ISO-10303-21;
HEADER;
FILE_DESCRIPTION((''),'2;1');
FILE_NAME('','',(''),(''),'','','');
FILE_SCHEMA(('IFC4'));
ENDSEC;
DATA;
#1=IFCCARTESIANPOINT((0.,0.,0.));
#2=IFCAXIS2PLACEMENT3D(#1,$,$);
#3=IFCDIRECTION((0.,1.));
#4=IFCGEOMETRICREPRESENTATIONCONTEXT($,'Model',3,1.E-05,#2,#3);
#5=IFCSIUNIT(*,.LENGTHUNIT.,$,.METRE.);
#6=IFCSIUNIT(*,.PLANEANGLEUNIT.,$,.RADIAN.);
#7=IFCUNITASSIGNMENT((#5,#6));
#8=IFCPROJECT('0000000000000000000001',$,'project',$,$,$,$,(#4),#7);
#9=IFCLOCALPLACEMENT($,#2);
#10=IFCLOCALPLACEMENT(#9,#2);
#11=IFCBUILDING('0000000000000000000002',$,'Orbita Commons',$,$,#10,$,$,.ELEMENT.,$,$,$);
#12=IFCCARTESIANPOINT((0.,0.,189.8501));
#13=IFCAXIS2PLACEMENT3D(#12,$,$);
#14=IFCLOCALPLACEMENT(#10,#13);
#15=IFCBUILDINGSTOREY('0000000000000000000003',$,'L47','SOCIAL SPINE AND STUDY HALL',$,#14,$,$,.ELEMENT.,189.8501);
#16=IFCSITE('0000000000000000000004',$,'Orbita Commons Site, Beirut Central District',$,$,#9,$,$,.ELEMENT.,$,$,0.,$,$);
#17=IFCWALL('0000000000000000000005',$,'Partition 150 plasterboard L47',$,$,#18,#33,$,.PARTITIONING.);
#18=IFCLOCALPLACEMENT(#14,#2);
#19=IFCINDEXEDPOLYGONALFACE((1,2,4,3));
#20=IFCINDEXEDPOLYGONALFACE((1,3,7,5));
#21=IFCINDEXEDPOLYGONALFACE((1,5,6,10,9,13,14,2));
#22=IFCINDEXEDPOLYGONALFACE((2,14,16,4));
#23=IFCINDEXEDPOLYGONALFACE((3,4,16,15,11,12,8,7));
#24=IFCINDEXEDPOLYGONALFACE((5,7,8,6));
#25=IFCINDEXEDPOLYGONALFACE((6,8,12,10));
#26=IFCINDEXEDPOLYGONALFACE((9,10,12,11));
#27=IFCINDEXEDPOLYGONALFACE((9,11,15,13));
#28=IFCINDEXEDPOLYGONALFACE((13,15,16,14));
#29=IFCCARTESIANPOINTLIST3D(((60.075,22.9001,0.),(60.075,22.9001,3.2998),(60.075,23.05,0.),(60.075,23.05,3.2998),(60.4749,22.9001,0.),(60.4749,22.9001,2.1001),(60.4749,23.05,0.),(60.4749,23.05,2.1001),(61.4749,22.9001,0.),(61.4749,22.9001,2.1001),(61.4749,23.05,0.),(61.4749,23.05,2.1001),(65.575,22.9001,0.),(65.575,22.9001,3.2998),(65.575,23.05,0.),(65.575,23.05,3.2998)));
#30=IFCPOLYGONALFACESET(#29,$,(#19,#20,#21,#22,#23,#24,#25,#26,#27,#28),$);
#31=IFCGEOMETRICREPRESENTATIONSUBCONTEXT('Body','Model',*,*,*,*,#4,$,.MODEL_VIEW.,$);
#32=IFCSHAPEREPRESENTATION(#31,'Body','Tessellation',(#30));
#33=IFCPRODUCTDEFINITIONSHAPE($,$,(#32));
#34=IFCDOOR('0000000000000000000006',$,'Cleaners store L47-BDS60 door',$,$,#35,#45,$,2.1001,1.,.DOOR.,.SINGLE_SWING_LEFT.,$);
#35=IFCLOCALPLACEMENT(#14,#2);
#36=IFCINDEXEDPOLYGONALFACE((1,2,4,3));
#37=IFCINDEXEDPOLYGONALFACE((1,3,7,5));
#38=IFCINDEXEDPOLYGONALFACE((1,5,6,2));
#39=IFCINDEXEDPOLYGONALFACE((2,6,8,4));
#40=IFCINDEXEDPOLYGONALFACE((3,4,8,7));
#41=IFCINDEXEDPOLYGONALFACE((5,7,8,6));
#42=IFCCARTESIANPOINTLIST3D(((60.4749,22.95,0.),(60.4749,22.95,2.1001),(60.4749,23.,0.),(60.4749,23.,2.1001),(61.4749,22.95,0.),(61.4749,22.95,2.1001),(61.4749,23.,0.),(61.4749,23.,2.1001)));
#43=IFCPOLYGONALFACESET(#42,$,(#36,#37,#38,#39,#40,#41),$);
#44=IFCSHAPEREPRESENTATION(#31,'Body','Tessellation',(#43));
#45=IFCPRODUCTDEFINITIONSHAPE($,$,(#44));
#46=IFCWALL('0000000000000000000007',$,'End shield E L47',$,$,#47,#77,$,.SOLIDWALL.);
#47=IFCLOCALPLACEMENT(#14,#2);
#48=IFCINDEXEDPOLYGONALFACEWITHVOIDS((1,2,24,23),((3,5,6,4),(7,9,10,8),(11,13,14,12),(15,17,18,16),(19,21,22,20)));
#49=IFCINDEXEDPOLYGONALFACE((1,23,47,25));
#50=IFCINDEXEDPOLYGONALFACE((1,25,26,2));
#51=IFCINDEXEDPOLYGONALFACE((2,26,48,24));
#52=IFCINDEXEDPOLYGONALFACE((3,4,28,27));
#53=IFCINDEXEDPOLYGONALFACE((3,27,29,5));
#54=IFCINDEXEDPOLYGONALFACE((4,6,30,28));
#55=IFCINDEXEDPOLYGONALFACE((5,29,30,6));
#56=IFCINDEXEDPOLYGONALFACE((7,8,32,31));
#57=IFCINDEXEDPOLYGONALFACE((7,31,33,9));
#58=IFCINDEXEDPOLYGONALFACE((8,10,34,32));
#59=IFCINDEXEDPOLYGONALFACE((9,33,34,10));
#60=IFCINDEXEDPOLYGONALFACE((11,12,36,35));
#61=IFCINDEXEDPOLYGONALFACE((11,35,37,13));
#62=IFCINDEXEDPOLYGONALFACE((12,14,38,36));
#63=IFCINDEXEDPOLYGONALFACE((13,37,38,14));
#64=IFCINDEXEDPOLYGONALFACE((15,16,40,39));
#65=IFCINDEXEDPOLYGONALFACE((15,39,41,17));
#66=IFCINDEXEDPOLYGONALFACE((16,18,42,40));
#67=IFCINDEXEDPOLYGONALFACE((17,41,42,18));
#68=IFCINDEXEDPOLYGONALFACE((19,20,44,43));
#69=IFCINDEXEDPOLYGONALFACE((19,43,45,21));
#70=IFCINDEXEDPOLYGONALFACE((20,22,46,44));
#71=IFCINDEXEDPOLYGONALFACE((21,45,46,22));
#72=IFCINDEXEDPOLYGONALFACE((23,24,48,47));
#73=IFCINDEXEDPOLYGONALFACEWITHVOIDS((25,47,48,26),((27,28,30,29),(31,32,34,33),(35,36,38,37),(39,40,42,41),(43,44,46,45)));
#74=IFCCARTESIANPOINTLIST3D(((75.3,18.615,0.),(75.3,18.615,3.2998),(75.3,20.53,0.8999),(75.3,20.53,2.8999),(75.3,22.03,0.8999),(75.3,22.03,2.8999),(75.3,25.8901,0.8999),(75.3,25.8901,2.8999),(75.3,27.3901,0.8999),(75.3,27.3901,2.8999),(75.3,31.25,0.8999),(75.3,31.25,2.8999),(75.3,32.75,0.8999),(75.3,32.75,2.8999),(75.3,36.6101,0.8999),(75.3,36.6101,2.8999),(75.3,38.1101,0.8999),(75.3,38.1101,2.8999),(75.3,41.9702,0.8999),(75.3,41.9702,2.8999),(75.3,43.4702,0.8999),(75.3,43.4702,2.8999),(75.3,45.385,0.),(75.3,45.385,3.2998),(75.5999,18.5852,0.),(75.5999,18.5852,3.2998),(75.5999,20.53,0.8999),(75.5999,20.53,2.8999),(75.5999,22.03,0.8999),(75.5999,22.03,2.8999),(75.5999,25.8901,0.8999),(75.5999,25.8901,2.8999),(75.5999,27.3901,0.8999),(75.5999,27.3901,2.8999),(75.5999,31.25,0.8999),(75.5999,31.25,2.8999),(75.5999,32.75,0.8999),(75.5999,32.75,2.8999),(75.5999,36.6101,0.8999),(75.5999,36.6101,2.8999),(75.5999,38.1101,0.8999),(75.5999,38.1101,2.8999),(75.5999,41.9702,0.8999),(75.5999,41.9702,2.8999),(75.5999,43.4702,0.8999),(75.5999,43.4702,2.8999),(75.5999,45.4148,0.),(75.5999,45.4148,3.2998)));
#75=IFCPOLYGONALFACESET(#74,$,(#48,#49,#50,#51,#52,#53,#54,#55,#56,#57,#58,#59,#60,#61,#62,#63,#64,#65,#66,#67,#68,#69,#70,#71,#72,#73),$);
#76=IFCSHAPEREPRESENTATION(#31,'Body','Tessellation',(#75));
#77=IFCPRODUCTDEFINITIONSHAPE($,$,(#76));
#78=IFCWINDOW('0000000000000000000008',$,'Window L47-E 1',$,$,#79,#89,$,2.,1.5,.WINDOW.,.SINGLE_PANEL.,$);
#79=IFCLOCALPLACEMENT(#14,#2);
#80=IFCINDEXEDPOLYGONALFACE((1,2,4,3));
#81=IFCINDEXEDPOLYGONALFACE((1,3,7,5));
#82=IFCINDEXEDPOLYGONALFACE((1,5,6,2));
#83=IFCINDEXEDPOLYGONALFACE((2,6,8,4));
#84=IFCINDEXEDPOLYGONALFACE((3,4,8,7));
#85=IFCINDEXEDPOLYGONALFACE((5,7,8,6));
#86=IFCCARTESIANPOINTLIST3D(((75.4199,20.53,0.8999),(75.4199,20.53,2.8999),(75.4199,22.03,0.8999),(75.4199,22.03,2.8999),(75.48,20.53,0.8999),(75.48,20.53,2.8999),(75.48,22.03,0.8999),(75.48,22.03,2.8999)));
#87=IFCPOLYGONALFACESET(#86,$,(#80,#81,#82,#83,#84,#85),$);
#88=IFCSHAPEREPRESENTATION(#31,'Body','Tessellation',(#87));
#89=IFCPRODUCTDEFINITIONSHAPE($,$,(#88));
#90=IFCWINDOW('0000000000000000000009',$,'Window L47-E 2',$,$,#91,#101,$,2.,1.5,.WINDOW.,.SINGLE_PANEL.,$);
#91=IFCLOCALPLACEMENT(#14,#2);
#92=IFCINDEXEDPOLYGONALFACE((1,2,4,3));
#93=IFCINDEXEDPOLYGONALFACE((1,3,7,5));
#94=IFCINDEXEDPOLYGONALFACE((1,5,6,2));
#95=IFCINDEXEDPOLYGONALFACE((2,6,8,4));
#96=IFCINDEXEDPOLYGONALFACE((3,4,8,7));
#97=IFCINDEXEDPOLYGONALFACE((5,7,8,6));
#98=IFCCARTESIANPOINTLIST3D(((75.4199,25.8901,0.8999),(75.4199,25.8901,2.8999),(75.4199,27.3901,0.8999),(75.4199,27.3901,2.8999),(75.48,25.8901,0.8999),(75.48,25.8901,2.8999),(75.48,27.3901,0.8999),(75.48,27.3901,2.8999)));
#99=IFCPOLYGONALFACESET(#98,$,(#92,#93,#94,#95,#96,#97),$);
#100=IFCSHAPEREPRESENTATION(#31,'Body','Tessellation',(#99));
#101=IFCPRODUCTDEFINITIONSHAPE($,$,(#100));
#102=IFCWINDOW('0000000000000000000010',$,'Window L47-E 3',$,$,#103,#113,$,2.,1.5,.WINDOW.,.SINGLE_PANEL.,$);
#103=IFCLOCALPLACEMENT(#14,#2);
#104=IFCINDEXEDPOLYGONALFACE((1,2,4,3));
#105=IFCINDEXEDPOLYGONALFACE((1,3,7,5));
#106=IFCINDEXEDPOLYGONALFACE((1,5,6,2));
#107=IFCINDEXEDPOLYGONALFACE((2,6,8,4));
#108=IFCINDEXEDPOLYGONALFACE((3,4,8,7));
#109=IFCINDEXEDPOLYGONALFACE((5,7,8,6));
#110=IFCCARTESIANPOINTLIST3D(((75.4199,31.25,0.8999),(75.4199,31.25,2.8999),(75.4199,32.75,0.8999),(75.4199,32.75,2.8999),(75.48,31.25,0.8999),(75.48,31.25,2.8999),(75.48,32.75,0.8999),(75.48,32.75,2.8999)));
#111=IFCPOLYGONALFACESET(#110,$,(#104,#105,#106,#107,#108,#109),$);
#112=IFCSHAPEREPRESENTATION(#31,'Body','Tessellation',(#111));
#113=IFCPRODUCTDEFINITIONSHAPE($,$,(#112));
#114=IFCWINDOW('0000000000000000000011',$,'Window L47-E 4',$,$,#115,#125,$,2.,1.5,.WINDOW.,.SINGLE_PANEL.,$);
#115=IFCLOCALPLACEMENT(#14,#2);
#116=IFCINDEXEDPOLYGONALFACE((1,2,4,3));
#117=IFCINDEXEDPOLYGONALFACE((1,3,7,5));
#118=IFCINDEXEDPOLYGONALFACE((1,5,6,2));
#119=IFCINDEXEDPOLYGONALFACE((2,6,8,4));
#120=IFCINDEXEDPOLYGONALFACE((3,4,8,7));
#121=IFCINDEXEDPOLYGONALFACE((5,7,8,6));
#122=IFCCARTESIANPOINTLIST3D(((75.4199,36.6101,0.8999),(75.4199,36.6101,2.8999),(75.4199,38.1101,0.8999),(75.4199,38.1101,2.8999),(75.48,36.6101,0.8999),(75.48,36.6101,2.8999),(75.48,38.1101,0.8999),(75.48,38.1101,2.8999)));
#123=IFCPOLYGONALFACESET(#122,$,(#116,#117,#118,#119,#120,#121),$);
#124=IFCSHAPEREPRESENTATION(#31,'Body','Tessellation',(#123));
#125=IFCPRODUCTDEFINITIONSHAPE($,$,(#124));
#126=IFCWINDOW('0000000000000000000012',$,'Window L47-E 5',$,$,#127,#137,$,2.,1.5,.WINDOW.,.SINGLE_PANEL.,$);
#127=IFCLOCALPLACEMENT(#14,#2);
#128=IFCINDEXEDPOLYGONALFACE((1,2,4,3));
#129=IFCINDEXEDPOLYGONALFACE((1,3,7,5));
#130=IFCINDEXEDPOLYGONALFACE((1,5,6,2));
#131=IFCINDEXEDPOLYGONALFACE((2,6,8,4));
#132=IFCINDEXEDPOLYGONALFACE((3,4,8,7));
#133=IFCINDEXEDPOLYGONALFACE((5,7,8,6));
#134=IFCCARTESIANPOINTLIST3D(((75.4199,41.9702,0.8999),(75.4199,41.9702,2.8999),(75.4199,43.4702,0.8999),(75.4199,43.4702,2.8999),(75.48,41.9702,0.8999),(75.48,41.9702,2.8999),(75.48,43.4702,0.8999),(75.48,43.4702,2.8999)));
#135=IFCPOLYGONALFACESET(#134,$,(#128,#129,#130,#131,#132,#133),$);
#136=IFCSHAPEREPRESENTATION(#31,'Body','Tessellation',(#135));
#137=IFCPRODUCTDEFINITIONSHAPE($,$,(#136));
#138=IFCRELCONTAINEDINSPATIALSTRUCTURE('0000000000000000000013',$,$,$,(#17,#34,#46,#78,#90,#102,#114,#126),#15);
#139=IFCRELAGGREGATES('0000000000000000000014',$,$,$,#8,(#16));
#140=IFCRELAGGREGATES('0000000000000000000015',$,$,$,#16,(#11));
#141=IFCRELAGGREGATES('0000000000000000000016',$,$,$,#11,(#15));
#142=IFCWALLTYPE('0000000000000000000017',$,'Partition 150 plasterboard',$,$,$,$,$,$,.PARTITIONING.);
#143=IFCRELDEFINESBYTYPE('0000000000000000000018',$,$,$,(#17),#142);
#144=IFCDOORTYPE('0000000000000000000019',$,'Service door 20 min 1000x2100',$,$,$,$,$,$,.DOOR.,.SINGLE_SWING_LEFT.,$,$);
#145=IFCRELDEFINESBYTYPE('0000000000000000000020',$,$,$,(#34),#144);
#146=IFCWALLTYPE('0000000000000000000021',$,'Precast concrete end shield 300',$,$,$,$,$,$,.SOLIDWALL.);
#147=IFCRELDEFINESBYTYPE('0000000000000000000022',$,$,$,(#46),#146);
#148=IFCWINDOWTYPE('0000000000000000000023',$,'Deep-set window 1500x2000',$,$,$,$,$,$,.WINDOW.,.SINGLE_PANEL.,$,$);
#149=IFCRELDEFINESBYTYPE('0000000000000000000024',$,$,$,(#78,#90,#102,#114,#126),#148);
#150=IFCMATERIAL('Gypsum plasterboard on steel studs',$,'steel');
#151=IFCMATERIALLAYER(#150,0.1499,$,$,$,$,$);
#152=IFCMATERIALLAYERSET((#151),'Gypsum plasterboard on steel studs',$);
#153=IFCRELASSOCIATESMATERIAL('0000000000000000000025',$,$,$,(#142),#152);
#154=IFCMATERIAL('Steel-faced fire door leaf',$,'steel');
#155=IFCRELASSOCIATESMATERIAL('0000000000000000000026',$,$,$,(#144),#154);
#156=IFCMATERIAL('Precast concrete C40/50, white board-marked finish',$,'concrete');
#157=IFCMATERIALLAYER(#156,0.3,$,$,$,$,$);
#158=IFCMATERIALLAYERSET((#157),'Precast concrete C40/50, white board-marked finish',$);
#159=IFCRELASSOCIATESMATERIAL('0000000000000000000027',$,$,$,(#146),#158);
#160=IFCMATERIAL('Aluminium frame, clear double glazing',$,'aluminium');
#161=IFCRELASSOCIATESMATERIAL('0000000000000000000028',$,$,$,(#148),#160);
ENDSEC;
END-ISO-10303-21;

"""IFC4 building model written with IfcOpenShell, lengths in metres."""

from ifc_helpers import new_model, si_unit, direction, frame, frame_2d, origin, place, context, subcontext, project, spatial, polyline, rectangle, outline, extrude, material, layer, layer_set, type_object, element, fill, save


model = new_model("IFC4")

# Units and contexts
model_context = context("Model", 3, precision=1e-05, world=origin(), true_north=direction((0.0, 1.0)))
body_context = subcontext(model_context, "Body", "Model", "MODEL_VIEW")
ifc_project = project(units=[si_unit("LENGTHUNIT", "METRE"), si_unit("PLANEANGLEUNIT", "RADIAN")], contexts=[model_context])

# Site, building, storey
site_placement = place(None, origin())
site = spatial("IfcSite", under=ifc_project, at=site_placement, Name="Orbita Commons Site, Beirut Central District", CompositionType="ELEMENT", RefElevation=0.0)
building_placement = place(site_placement, origin())
building = spatial("IfcBuilding", under=site, at=building_placement, Name="Orbita Commons", CompositionType="ELEMENT")
storey_placement = place(building_placement, frame((0.0, 0.0, 189.8501)))
storey = spatial("IfcBuildingStorey", under=building, at=storey_placement, Name="L47", Description="SOCIAL SPINE AND STUDY HALL", CompositionType="ELEMENT", Elevation=189.8501)

# Wall, opening, door
ifc_material_1 = material(Name="Gypsum plasterboard on steel studs", Category="steel")
ifc_layer_1 = layer(ifc_material_1, 0.1499)
ifc_layer_set_1 = layer_set([ifc_layer_1], Name="Gypsum plasterboard on steel studs")
wall_type_1 = type_object("IfcWallType", Name="Partition 150 plasterboard", PredefinedType="PARTITIONING", material=ifc_layer_set_1)
wall_1_placement = place(storey_placement, frame((60.075, 22.9751, 0.0), z_axis=(0.0, 0.0, 1.0), x_axis=(1.0, 0.0, 0.0)))
wall_1 = element("IfcWall", 1, at=wall_1_placement, inside=storey, type_object=wall_type_1, Name="Partition 150 plasterboard L47", PredefinedType="PARTITIONING", context=body_context, shape_type="SweptSolid", body=[
    extrude(rectangle(XDim=5.5, YDim=0.1499, at=frame_2d((2.75, 0.0))), origin(), (0.0, 0.0, 1.0), 3.2998),
])
opening_1_placement = place(wall_1_placement, frame((0.3999, 0.0, 0.0)))
opening_1 = element("IfcOpeningElement", 2, at=opening_1_placement, cuts=wall_1, PredefinedType="OPENING", context=body_context, shape_type="SweptSolid", body=[
    extrude(rectangle(XDim=1.0, YDim=2.1001, at=frame_2d((0.5, 1.05))), frame((0.0, 0.085, 0.0), z_axis=(0.0, -1.0, 0.0), x_axis=(1.0, 0.0, 0.0)), (0.0, 0.0, 1.0), 0.1699),
])
ifc_material_2 = material(Name="Steel-faced fire door leaf", Category="steel")
door_type_1 = type_object("IfcDoorType", Name="Service door 20 min 1000x2100", OperationType="SINGLE_SWING_LEFT", PredefinedType="DOOR", material=ifc_material_2)
door_1_placement = place(opening_1_placement, origin())
door_1 = element("IfcDoor", 3, at=door_1_placement, inside=storey, type_object=door_type_1, Name="Cleaners store L47-BDS60 door", OperationType="SINGLE_SWING_LEFT", OverallHeight=2.1001, OverallWidth=1.0, PredefinedType="DOOR", context=body_context, shape_type="SweptSolid", body=[
    extrude(rectangle(XDim=1.0, YDim=2.1001, at=frame_2d((0.5, 1.05))), frame((0.0, 0.0249, 0.0), z_axis=(0.0, -1.0, 0.0), x_axis=(1.0, 0.0, 0.0)), (0.0, 0.0, 1.0), 0.05),
])
fill(opening_1, door_1)

# Wall, openings, windows
ifc_material_3 = material(Name="Precast concrete C40/50, white board-marked finish", Category="concrete")
ifc_layer_2 = layer(ifc_material_3, 0.3)
ifc_layer_set_2 = layer_set([ifc_layer_2], Name="Precast concrete C40/50, white board-marked finish")
wall_type_2 = type_object("IfcWallType", Name="Precast concrete end shield 300", PredefinedType="SOLIDWALL", material=ifc_layer_set_2)
wall_2_placement = place(storey_placement, frame((75.45, 18.6001, 0.0), z_axis=(0.0, 0.0, 1.0), x_axis=(0.0, 1.0, 0.0)))
wall_2 = element("IfcWall", 4, at=wall_2_placement, inside=storey, type_object=wall_type_2, Name="End shield E L47", PredefinedType="SOLIDWALL", context=body_context, shape_type="SweptSolid", body=[
    extrude(outline(polyline([(-0.0149, -0.1499), (26.8147, -0.1499), (26.7849, 0.1499), (0.0149, 0.1499), (-0.0149, -0.1499)])), origin(), (0.0, 0.0, 1.0), 3.2998),
])
opening_2_placement = place(wall_2_placement, frame((1.9299, 0.0, 0.8999)))
opening_2 = element("IfcOpeningElement", 5, at=opening_2_placement, cuts=wall_2, PredefinedType="OPENING", context=body_context, shape_type="SweptSolid", body=[
    extrude(rectangle(XDim=1.5, YDim=2.0, at=frame_2d((0.75, 1.0))), frame((0.0, 0.1599, 0.0), z_axis=(0.0, -1.0, 0.0), x_axis=(1.0, 0.0, 0.0)), (0.0, 0.0, 1.0), 0.3201),
])
opening_3_placement = place(wall_2_placement, frame((7.29, 0.0, 0.8999)))
opening_3 = element("IfcOpeningElement", 6, at=opening_3_placement, cuts=wall_2, PredefinedType="OPENING", context=body_context, shape_type="SweptSolid", body=[
    extrude(rectangle(XDim=1.5, YDim=2.0, at=frame_2d((0.75, 1.0))), frame((0.0, 0.1599, 0.0), z_axis=(0.0, -1.0, 0.0), x_axis=(1.0, 0.0, 0.0)), (0.0, 0.0, 1.0), 0.3201),
])
opening_4_placement = place(wall_2_placement, frame((12.6499, 0.0, 0.8999)))
opening_4 = element("IfcOpeningElement", 7, at=opening_4_placement, cuts=wall_2, PredefinedType="OPENING", context=body_context, shape_type="SweptSolid", body=[
    extrude(rectangle(XDim=1.5, YDim=2.0, at=frame_2d((0.75, 1.0))), frame((0.0, 0.1599, 0.0), z_axis=(0.0, -1.0, 0.0), x_axis=(1.0, 0.0, 0.0)), (0.0, 0.0, 1.0), 0.3201),
])
opening_5_placement = place(wall_2_placement, frame((18.01, 0.0, 0.8999)))
opening_5 = element("IfcOpeningElement", 8, at=opening_5_placement, cuts=wall_2, PredefinedType="OPENING", context=body_context, shape_type="SweptSolid", body=[
    extrude(rectangle(XDim=1.5, YDim=2.0, at=frame_2d((0.75, 1.0))), frame((0.0, 0.1599, 0.0), z_axis=(0.0, -1.0, 0.0), x_axis=(1.0, 0.0, 0.0)), (0.0, 0.0, 1.0), 0.3201),
])
opening_6_placement = place(wall_2_placement, frame((23.3701, 0.0, 0.8999)))
opening_6 = element("IfcOpeningElement", 9, at=opening_6_placement, cuts=wall_2, PredefinedType="OPENING", context=body_context, shape_type="SweptSolid", body=[
    extrude(rectangle(XDim=1.5, YDim=2.0, at=frame_2d((0.75, 1.0))), frame((0.0, 0.1599, 0.0), z_axis=(0.0, -1.0, 0.0), x_axis=(1.0, 0.0, 0.0)), (0.0, 0.0, 1.0), 0.3201),
])
ifc_material_4 = material(Name="Aluminium frame, clear double glazing", Category="aluminium")
window_type = type_object("IfcWindowType", Name="Deep-set window 1500x2000", PartitioningType="SINGLE_PANEL", PredefinedType="WINDOW", material=ifc_material_4)
window_1_placement = place(opening_2_placement, origin())
window_1 = element("IfcWindow", 10, at=window_1_placement, inside=storey, type_object=window_type, Name="Window L47-E 1", OverallHeight=2.0, OverallWidth=1.5, PartitioningType="SINGLE_PANEL", PredefinedType="WINDOW", context=body_context, shape_type="SweptSolid", body=[
    extrude(rectangle(XDim=1.5, YDim=2.0, at=frame_2d((0.75, 1.0))), frame((0.0, 0.03, 0.0), z_axis=(0.0, -1.0, 0.0), x_axis=(1.0, 0.0, 0.0)), (0.0, 0.0, 1.0), 0.0601),
])
fill(opening_2, window_1)
window_2_placement = place(opening_3_placement, origin())
window_2 = element("IfcWindow", 11, at=window_2_placement, inside=storey, type_object=window_type, Name="Window L47-E 2", OverallHeight=2.0, OverallWidth=1.5, PartitioningType="SINGLE_PANEL", PredefinedType="WINDOW", context=body_context, shape_type="SweptSolid", body=[
    extrude(rectangle(XDim=1.5, YDim=2.0, at=frame_2d((0.75, 1.0))), frame((0.0, 0.03, 0.0), z_axis=(0.0, -1.0, 0.0), x_axis=(1.0, 0.0, 0.0)), (0.0, 0.0, 1.0), 0.0601),
])
fill(opening_3, window_2)
window_3_placement = place(opening_4_placement, origin())
window_3 = element("IfcWindow", 12, at=window_3_placement, inside=storey, type_object=window_type, Name="Window L47-E 3", OverallHeight=2.0, OverallWidth=1.5, PartitioningType="SINGLE_PANEL", PredefinedType="WINDOW", context=body_context, shape_type="SweptSolid", body=[
    extrude(rectangle(XDim=1.5, YDim=2.0, at=frame_2d((0.75, 1.0))), frame((0.0, 0.03, 0.0), z_axis=(0.0, -1.0, 0.0), x_axis=(1.0, 0.0, 0.0)), (0.0, 0.0, 1.0), 0.0601),
])
fill(opening_4, window_3)
window_4_placement = place(opening_5_placement, origin())
window_4 = element("IfcWindow", 13, at=window_4_placement, inside=storey, type_object=window_type, Name="Window L47-E 4", OverallHeight=2.0, OverallWidth=1.5, PartitioningType="SINGLE_PANEL", PredefinedType="WINDOW", context=body_context, shape_type="SweptSolid", body=[
    extrude(rectangle(XDim=1.5, YDim=2.0, at=frame_2d((0.75, 1.0))), frame((0.0, 0.03, 0.0), z_axis=(0.0, -1.0, 0.0), x_axis=(1.0, 0.0, 0.0)), (0.0, 0.0, 1.0), 0.0601),
])
fill(opening_5, window_4)
window_5_placement = place(opening_6_placement, origin())
window_5 = element("IfcWindow", 14, at=window_5_placement, inside=storey, type_object=window_type, Name="Window L47-E 5", OverallHeight=2.0, OverallWidth=1.5, PartitioningType="SINGLE_PANEL", PredefinedType="WINDOW", context=body_context, shape_type="SweptSolid", body=[
    extrude(rectangle(XDim=1.5, YDim=2.0, at=frame_2d((0.75, 1.0))), frame((0.0, 0.03, 0.0), z_axis=(0.0, -1.0, 0.0), x_axis=(1.0, 0.0, 0.0)), (0.0, 0.0, 1.0), 0.0601),
])
fill(opening_6, window_5)

save(model, "model.ifc")
